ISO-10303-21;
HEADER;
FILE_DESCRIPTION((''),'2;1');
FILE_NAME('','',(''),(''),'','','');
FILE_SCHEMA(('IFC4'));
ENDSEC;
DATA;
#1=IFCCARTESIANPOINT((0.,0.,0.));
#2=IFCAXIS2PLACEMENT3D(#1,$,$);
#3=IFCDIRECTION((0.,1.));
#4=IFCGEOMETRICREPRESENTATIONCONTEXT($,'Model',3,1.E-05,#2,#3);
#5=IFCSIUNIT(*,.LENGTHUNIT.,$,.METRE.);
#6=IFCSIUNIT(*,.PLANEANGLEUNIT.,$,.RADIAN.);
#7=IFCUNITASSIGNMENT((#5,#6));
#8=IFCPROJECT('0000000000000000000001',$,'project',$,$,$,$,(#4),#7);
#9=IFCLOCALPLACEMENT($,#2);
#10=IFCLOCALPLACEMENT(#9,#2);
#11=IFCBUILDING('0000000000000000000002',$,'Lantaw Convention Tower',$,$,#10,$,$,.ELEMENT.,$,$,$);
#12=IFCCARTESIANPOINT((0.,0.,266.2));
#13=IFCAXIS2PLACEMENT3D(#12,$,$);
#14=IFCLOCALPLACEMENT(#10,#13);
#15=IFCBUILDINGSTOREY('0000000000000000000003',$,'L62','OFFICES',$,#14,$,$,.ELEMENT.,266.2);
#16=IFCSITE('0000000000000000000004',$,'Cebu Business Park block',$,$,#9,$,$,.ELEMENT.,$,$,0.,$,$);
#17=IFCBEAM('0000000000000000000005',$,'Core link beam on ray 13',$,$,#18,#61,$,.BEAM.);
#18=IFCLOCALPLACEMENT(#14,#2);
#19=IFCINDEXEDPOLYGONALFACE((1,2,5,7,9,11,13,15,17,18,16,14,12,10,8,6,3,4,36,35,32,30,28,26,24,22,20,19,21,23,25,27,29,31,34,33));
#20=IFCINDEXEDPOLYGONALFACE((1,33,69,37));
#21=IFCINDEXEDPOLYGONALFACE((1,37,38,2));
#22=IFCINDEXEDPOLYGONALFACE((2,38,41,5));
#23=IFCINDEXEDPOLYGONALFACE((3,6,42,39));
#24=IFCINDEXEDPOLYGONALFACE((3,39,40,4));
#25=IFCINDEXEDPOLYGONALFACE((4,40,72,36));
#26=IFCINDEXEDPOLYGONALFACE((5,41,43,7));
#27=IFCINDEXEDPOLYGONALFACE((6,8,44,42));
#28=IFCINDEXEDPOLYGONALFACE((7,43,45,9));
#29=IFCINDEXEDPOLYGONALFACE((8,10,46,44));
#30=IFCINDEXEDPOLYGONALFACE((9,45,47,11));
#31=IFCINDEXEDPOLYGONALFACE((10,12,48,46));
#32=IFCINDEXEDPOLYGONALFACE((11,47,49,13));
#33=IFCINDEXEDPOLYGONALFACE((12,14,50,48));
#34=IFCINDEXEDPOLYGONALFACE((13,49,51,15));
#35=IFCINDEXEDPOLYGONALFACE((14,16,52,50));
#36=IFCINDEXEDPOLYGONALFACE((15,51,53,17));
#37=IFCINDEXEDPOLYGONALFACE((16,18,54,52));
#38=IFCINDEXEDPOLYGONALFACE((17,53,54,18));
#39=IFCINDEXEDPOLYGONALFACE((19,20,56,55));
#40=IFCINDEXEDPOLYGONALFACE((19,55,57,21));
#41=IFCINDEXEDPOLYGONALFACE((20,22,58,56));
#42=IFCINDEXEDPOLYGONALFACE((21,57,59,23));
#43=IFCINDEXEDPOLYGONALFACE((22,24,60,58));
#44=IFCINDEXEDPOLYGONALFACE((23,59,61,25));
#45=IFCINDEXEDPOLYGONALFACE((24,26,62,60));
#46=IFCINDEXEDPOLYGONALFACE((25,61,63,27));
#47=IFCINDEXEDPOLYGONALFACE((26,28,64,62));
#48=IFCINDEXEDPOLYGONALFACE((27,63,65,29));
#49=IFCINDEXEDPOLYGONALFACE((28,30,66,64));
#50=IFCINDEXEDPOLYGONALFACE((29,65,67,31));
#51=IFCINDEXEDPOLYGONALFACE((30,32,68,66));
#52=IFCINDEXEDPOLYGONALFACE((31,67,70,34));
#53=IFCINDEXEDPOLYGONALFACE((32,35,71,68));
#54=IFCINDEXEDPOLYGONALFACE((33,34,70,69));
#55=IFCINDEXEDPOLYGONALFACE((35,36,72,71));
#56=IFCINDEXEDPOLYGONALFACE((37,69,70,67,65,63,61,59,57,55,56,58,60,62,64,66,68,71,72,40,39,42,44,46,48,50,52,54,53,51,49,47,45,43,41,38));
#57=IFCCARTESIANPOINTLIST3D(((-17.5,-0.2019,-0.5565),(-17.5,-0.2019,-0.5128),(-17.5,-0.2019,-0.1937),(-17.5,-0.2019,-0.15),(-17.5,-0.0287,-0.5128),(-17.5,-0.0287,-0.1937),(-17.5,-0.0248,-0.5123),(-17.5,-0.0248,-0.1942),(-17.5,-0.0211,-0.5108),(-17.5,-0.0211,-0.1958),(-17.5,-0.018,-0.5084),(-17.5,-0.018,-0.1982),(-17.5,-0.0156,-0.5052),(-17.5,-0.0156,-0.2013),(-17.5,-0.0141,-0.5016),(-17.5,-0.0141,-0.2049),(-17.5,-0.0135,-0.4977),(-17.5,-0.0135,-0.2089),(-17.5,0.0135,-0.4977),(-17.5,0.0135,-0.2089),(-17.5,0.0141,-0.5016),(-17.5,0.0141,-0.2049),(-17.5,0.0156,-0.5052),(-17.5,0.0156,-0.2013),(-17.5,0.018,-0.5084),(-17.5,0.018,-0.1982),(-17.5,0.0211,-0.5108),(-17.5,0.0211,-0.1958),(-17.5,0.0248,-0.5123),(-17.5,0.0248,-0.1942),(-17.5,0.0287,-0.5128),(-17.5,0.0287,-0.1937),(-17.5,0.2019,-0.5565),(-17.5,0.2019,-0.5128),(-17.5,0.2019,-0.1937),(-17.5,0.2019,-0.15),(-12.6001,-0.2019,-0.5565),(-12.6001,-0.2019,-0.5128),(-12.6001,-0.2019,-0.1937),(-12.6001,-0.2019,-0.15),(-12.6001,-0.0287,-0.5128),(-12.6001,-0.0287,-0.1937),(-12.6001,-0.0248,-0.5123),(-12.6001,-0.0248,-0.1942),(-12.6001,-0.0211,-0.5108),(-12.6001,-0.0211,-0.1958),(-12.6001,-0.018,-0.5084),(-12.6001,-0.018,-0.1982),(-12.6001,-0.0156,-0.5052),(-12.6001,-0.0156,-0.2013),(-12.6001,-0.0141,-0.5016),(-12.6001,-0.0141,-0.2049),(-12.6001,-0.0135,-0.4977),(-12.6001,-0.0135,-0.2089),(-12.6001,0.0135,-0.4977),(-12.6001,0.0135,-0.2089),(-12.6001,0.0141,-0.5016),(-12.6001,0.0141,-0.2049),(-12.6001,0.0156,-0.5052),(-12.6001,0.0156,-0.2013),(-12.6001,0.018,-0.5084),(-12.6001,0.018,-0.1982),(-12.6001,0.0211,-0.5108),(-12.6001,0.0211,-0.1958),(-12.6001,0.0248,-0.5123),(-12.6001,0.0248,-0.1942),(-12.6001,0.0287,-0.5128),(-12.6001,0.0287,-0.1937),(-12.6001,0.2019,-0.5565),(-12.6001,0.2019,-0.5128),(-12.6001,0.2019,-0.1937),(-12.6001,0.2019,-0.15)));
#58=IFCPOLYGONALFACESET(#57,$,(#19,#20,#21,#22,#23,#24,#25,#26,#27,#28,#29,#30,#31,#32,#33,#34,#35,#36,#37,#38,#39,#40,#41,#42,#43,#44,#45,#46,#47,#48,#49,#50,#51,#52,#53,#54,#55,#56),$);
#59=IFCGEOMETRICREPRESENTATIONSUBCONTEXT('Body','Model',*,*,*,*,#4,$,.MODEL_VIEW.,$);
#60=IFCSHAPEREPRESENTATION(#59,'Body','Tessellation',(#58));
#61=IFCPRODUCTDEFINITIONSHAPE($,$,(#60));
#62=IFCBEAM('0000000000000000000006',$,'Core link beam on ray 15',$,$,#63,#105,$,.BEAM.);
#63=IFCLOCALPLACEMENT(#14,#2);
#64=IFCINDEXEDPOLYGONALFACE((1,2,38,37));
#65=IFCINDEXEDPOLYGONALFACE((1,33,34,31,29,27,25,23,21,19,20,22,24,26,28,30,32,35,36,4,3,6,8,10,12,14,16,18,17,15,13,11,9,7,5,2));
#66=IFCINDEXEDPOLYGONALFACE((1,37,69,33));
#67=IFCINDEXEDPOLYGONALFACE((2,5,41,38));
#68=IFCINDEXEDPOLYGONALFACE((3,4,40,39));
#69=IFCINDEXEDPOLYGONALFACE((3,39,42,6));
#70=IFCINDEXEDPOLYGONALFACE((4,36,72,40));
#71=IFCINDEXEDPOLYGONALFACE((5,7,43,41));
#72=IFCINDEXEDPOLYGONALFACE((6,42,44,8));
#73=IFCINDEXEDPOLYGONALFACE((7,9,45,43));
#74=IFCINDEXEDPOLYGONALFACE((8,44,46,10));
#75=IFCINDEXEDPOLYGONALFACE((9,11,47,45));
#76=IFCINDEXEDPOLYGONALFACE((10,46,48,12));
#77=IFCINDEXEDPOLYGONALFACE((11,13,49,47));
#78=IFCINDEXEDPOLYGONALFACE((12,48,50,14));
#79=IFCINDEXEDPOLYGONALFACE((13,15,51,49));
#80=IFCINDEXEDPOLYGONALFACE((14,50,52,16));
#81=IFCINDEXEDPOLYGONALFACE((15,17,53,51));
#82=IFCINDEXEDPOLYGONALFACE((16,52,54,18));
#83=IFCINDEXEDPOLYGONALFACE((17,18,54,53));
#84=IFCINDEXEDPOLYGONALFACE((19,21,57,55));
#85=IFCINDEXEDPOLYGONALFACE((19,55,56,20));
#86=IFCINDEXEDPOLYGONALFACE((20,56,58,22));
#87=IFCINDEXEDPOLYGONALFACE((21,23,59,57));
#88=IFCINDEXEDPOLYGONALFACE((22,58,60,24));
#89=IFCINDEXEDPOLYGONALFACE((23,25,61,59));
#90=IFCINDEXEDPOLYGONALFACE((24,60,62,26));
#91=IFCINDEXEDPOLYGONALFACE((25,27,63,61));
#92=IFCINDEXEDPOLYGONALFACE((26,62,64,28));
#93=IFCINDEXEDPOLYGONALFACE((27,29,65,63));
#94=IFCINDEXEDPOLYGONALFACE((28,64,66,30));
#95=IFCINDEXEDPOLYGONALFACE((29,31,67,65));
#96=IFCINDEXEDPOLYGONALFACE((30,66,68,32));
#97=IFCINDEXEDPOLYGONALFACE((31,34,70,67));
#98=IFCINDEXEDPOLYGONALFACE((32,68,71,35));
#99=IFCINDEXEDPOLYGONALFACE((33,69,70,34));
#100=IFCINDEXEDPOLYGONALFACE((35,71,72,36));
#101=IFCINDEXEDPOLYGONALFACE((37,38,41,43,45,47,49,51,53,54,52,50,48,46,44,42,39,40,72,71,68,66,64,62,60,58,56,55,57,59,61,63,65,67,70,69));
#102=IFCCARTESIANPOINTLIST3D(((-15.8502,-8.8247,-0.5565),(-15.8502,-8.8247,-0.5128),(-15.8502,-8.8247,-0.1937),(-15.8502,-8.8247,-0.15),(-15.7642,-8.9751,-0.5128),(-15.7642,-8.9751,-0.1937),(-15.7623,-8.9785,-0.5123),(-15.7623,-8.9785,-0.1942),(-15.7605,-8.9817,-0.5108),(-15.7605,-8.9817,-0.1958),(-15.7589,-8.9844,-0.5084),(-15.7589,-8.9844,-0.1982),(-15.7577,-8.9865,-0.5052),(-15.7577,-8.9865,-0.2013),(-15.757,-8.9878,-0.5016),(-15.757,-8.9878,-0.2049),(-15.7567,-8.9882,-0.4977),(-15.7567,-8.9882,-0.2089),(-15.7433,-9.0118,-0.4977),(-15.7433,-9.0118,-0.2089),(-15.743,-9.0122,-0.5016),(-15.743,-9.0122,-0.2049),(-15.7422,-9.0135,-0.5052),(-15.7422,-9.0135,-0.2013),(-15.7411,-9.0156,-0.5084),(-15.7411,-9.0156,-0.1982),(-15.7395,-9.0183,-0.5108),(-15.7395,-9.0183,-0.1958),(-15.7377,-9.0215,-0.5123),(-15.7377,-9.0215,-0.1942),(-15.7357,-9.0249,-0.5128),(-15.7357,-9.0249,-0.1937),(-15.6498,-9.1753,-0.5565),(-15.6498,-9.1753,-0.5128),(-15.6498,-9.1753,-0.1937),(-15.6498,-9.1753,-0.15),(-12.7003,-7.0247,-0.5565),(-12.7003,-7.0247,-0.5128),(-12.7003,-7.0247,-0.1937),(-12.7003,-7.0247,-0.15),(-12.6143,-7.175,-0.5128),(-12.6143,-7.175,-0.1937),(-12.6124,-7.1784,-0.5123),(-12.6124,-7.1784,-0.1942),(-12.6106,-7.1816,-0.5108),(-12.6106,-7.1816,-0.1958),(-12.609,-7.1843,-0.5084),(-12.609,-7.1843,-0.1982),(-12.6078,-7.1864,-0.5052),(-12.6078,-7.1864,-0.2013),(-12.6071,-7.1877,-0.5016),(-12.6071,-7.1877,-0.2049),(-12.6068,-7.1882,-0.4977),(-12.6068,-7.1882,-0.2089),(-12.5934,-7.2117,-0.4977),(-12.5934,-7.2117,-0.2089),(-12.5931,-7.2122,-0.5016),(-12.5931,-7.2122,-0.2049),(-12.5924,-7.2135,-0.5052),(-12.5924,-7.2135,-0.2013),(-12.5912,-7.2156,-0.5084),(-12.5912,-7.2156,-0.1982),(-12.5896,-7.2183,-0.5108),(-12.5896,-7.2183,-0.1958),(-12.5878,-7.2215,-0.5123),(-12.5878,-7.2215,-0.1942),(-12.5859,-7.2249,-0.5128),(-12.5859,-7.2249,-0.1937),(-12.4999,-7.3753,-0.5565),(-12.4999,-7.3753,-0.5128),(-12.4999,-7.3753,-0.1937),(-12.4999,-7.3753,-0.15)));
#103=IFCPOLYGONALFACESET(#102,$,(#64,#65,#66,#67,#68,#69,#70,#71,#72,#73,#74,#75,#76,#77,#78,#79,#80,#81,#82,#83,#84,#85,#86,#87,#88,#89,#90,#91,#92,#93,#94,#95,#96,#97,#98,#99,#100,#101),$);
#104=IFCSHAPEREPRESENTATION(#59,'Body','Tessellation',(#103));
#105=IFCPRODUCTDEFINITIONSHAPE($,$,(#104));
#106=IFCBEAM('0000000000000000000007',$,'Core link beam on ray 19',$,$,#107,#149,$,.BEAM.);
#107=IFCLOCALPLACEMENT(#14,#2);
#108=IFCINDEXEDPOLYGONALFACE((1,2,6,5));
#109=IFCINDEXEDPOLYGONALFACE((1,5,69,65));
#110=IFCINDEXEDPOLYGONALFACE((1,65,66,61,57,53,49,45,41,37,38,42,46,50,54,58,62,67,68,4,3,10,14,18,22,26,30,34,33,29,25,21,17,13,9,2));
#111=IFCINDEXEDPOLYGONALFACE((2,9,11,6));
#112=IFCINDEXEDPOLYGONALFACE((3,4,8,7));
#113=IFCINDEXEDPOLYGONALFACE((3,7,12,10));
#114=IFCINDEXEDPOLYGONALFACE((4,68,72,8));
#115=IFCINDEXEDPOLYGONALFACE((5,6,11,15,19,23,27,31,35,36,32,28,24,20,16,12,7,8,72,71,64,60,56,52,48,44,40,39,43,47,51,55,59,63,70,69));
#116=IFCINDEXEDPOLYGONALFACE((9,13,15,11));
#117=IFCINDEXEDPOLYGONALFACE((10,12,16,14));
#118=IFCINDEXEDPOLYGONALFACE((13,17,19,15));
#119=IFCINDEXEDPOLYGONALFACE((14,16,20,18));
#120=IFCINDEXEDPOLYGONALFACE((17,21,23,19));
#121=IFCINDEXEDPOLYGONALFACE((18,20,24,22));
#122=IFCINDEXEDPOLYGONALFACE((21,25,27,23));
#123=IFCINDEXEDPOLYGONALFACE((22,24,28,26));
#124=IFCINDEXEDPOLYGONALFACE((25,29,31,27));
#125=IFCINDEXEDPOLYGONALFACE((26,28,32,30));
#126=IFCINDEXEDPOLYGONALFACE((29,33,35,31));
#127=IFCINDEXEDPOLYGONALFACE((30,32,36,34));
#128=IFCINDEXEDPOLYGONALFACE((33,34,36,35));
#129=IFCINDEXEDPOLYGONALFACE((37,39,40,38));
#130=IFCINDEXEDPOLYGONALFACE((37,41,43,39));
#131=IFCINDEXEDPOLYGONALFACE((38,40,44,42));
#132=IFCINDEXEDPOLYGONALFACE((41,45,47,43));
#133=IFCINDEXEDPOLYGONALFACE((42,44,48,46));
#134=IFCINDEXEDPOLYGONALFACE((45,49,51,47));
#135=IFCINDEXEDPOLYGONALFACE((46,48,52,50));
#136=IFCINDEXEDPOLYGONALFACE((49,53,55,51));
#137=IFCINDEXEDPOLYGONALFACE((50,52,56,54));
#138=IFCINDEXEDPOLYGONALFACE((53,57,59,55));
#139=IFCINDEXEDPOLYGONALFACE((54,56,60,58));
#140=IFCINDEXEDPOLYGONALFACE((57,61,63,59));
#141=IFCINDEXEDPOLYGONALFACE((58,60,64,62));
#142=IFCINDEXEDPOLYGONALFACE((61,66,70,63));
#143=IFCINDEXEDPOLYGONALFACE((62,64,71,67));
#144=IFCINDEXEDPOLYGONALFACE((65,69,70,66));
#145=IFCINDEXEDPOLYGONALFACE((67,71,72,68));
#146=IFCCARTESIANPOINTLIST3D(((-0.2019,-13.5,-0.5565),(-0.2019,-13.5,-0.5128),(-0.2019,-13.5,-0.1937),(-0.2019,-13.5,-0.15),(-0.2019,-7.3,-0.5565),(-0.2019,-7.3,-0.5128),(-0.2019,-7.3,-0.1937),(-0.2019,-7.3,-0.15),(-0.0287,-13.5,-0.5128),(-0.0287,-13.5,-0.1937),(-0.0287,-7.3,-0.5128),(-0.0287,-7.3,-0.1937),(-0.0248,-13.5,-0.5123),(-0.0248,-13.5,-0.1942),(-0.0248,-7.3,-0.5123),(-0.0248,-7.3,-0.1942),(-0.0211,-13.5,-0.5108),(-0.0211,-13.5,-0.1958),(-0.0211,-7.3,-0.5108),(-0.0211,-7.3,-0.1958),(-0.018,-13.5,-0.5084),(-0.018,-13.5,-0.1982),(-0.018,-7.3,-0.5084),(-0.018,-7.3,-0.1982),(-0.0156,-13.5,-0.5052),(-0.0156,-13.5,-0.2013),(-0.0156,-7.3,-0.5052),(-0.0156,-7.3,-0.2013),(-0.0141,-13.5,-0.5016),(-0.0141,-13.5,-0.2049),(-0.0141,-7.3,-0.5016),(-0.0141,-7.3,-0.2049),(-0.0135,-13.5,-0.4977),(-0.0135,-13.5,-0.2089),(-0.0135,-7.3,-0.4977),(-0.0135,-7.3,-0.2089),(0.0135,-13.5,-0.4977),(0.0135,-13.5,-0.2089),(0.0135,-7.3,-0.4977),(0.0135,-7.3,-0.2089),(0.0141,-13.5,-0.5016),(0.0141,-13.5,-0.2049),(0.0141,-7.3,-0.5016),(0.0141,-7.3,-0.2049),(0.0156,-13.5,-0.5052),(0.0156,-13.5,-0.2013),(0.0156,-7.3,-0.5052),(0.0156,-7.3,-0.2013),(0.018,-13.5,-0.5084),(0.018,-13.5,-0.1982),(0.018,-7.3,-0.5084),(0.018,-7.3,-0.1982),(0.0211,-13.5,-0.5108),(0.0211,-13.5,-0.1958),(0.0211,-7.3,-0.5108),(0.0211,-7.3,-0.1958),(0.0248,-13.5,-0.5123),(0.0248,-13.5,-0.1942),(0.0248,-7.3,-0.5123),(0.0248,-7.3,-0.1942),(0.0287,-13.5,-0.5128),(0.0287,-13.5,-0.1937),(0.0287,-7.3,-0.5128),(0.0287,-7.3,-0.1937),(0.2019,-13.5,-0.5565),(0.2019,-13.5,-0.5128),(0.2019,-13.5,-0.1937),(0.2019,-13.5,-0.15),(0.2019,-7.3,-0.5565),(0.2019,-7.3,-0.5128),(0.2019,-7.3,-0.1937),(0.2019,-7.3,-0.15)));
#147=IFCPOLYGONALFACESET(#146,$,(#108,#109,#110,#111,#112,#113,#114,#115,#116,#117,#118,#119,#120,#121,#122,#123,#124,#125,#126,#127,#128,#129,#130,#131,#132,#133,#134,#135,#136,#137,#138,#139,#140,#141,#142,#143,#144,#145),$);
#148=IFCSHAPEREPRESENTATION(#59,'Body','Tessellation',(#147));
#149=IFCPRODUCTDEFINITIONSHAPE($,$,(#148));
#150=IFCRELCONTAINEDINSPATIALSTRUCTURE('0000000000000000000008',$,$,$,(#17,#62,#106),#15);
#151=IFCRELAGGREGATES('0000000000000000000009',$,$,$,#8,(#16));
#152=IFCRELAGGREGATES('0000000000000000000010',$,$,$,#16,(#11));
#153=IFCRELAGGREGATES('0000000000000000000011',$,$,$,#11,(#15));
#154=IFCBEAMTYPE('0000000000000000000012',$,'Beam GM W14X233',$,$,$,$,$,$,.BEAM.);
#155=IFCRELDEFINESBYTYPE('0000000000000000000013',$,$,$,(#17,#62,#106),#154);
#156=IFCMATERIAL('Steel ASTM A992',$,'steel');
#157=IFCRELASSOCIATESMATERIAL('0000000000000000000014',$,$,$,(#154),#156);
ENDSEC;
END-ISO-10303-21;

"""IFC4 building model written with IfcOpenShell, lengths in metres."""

from ifc_helpers import new_model, si_unit, direction, frame, origin, origin_2d, place, context, subcontext, project, spatial, i_section, extrude, material, material_profile, profile_set, type_object, element, save


model = new_model("IFC4")

# Units and contexts
model_context = context("Model", 3, precision=1e-05, world=origin(), true_north=direction((0.0, 1.0)))
body_context = subcontext(model_context, "Body", "Model", "MODEL_VIEW")
ifc_project = project(units=[si_unit("LENGTHUNIT", "METRE"), si_unit("PLANEANGLEUNIT", "RADIAN")], contexts=[model_context])

# Site, building, storey
site_placement = place(None, origin())
site = spatial("IfcSite", under=ifc_project, at=site_placement, Name="Cebu Business Park block", CompositionType="ELEMENT", RefElevation=0.0)
building_placement = place(site_placement, origin())
building = spatial("IfcBuilding", under=site, at=building_placement, Name="Lantaw Convention Tower", CompositionType="ELEMENT")
storey_placement = place(building_placement, frame((0.0, 0.0, 266.2)))
storey = spatial("IfcBuildingStorey", under=building, at=storey_placement, Name="L62", Description="OFFICES", CompositionType="ELEMENT", Elevation=266.2)

# Beams
ifc_material_1 = material(Name="Steel ASTM A992", Category="steel")
ifc_material_profile_1 = material_profile(ifc_material_1, i_section(OverallWidth=0.4038, OverallDepth=0.4065, WebThickness=0.0271, FlangeThickness=0.0437, FilletRadius=0.0151, at=origin_2d()), Name="W14X233")
ifc_profile_set_1 = profile_set([ifc_material_profile_1], Name="Steel ASTM A992")
beam_type_1 = type_object("IfcBeamType", Name="Beam GM W14X233", PredefinedType="BEAM", material=ifc_profile_set_1)
beam_1_placement = place(storey_placement, frame((-12.6001, 0.0, -0.3533), z_axis=(-1.0, 0.0, 0.0), x_axis=(0.0, -1.0, 0.0)))
element("IfcBeam", 1, at=beam_1_placement, inside=storey, type_object=beam_type_1, Name="Core link beam on ray 13", PredefinedType="BEAM", context=body_context, shape_type="SweptSolid", body=[
    extrude(i_section(OverallWidth=0.4038, OverallDepth=0.4065, WebThickness=0.0271, FlangeThickness=0.0437, FilletRadius=0.0151, at=origin_2d()), origin(), (0.0, 0.0, 1.0), 4.8999),
])
beam_2_placement = place(storey_placement, frame((-12.6001, -7.2, -0.3533), z_axis=(-0.868231, -0.496161, 0.0), x_axis=(0.496161, -0.868231, 0.0)))
element("IfcBeam", 2, at=beam_2_placement, inside=storey, type_object=beam_type_1, Name="Core link beam on ray 15", PredefinedType="BEAM", context=body_context, shape_type="SweptSolid", body=[
    extrude(i_section(OverallWidth=0.4038, OverallDepth=0.4065, WebThickness=0.0271, FlangeThickness=0.0437, FilletRadius=0.0151, at=origin_2d()), origin(), (0.0, 0.0, 1.0), 3.6279),
])
beam_3_placement = place(storey_placement, frame((0.0, -7.3, -0.3533), z_axis=(0.0, -1.0, 0.0), x_axis=(1.0, 0.0, 0.0)))
element("IfcBeam", 3, at=beam_3_placement, inside=storey, type_object=beam_type_1, Name="Core link beam on ray 19", PredefinedType="BEAM", context=body_context, shape_type="SweptSolid", body=[
    extrude(i_section(OverallWidth=0.4038, OverallDepth=0.4065, WebThickness=0.0271, FlangeThickness=0.0437, FilletRadius=0.0151, at=origin_2d()), origin(), (0.0, 0.0, 1.0), 6.2),
])

save(model, "model.ifc")
